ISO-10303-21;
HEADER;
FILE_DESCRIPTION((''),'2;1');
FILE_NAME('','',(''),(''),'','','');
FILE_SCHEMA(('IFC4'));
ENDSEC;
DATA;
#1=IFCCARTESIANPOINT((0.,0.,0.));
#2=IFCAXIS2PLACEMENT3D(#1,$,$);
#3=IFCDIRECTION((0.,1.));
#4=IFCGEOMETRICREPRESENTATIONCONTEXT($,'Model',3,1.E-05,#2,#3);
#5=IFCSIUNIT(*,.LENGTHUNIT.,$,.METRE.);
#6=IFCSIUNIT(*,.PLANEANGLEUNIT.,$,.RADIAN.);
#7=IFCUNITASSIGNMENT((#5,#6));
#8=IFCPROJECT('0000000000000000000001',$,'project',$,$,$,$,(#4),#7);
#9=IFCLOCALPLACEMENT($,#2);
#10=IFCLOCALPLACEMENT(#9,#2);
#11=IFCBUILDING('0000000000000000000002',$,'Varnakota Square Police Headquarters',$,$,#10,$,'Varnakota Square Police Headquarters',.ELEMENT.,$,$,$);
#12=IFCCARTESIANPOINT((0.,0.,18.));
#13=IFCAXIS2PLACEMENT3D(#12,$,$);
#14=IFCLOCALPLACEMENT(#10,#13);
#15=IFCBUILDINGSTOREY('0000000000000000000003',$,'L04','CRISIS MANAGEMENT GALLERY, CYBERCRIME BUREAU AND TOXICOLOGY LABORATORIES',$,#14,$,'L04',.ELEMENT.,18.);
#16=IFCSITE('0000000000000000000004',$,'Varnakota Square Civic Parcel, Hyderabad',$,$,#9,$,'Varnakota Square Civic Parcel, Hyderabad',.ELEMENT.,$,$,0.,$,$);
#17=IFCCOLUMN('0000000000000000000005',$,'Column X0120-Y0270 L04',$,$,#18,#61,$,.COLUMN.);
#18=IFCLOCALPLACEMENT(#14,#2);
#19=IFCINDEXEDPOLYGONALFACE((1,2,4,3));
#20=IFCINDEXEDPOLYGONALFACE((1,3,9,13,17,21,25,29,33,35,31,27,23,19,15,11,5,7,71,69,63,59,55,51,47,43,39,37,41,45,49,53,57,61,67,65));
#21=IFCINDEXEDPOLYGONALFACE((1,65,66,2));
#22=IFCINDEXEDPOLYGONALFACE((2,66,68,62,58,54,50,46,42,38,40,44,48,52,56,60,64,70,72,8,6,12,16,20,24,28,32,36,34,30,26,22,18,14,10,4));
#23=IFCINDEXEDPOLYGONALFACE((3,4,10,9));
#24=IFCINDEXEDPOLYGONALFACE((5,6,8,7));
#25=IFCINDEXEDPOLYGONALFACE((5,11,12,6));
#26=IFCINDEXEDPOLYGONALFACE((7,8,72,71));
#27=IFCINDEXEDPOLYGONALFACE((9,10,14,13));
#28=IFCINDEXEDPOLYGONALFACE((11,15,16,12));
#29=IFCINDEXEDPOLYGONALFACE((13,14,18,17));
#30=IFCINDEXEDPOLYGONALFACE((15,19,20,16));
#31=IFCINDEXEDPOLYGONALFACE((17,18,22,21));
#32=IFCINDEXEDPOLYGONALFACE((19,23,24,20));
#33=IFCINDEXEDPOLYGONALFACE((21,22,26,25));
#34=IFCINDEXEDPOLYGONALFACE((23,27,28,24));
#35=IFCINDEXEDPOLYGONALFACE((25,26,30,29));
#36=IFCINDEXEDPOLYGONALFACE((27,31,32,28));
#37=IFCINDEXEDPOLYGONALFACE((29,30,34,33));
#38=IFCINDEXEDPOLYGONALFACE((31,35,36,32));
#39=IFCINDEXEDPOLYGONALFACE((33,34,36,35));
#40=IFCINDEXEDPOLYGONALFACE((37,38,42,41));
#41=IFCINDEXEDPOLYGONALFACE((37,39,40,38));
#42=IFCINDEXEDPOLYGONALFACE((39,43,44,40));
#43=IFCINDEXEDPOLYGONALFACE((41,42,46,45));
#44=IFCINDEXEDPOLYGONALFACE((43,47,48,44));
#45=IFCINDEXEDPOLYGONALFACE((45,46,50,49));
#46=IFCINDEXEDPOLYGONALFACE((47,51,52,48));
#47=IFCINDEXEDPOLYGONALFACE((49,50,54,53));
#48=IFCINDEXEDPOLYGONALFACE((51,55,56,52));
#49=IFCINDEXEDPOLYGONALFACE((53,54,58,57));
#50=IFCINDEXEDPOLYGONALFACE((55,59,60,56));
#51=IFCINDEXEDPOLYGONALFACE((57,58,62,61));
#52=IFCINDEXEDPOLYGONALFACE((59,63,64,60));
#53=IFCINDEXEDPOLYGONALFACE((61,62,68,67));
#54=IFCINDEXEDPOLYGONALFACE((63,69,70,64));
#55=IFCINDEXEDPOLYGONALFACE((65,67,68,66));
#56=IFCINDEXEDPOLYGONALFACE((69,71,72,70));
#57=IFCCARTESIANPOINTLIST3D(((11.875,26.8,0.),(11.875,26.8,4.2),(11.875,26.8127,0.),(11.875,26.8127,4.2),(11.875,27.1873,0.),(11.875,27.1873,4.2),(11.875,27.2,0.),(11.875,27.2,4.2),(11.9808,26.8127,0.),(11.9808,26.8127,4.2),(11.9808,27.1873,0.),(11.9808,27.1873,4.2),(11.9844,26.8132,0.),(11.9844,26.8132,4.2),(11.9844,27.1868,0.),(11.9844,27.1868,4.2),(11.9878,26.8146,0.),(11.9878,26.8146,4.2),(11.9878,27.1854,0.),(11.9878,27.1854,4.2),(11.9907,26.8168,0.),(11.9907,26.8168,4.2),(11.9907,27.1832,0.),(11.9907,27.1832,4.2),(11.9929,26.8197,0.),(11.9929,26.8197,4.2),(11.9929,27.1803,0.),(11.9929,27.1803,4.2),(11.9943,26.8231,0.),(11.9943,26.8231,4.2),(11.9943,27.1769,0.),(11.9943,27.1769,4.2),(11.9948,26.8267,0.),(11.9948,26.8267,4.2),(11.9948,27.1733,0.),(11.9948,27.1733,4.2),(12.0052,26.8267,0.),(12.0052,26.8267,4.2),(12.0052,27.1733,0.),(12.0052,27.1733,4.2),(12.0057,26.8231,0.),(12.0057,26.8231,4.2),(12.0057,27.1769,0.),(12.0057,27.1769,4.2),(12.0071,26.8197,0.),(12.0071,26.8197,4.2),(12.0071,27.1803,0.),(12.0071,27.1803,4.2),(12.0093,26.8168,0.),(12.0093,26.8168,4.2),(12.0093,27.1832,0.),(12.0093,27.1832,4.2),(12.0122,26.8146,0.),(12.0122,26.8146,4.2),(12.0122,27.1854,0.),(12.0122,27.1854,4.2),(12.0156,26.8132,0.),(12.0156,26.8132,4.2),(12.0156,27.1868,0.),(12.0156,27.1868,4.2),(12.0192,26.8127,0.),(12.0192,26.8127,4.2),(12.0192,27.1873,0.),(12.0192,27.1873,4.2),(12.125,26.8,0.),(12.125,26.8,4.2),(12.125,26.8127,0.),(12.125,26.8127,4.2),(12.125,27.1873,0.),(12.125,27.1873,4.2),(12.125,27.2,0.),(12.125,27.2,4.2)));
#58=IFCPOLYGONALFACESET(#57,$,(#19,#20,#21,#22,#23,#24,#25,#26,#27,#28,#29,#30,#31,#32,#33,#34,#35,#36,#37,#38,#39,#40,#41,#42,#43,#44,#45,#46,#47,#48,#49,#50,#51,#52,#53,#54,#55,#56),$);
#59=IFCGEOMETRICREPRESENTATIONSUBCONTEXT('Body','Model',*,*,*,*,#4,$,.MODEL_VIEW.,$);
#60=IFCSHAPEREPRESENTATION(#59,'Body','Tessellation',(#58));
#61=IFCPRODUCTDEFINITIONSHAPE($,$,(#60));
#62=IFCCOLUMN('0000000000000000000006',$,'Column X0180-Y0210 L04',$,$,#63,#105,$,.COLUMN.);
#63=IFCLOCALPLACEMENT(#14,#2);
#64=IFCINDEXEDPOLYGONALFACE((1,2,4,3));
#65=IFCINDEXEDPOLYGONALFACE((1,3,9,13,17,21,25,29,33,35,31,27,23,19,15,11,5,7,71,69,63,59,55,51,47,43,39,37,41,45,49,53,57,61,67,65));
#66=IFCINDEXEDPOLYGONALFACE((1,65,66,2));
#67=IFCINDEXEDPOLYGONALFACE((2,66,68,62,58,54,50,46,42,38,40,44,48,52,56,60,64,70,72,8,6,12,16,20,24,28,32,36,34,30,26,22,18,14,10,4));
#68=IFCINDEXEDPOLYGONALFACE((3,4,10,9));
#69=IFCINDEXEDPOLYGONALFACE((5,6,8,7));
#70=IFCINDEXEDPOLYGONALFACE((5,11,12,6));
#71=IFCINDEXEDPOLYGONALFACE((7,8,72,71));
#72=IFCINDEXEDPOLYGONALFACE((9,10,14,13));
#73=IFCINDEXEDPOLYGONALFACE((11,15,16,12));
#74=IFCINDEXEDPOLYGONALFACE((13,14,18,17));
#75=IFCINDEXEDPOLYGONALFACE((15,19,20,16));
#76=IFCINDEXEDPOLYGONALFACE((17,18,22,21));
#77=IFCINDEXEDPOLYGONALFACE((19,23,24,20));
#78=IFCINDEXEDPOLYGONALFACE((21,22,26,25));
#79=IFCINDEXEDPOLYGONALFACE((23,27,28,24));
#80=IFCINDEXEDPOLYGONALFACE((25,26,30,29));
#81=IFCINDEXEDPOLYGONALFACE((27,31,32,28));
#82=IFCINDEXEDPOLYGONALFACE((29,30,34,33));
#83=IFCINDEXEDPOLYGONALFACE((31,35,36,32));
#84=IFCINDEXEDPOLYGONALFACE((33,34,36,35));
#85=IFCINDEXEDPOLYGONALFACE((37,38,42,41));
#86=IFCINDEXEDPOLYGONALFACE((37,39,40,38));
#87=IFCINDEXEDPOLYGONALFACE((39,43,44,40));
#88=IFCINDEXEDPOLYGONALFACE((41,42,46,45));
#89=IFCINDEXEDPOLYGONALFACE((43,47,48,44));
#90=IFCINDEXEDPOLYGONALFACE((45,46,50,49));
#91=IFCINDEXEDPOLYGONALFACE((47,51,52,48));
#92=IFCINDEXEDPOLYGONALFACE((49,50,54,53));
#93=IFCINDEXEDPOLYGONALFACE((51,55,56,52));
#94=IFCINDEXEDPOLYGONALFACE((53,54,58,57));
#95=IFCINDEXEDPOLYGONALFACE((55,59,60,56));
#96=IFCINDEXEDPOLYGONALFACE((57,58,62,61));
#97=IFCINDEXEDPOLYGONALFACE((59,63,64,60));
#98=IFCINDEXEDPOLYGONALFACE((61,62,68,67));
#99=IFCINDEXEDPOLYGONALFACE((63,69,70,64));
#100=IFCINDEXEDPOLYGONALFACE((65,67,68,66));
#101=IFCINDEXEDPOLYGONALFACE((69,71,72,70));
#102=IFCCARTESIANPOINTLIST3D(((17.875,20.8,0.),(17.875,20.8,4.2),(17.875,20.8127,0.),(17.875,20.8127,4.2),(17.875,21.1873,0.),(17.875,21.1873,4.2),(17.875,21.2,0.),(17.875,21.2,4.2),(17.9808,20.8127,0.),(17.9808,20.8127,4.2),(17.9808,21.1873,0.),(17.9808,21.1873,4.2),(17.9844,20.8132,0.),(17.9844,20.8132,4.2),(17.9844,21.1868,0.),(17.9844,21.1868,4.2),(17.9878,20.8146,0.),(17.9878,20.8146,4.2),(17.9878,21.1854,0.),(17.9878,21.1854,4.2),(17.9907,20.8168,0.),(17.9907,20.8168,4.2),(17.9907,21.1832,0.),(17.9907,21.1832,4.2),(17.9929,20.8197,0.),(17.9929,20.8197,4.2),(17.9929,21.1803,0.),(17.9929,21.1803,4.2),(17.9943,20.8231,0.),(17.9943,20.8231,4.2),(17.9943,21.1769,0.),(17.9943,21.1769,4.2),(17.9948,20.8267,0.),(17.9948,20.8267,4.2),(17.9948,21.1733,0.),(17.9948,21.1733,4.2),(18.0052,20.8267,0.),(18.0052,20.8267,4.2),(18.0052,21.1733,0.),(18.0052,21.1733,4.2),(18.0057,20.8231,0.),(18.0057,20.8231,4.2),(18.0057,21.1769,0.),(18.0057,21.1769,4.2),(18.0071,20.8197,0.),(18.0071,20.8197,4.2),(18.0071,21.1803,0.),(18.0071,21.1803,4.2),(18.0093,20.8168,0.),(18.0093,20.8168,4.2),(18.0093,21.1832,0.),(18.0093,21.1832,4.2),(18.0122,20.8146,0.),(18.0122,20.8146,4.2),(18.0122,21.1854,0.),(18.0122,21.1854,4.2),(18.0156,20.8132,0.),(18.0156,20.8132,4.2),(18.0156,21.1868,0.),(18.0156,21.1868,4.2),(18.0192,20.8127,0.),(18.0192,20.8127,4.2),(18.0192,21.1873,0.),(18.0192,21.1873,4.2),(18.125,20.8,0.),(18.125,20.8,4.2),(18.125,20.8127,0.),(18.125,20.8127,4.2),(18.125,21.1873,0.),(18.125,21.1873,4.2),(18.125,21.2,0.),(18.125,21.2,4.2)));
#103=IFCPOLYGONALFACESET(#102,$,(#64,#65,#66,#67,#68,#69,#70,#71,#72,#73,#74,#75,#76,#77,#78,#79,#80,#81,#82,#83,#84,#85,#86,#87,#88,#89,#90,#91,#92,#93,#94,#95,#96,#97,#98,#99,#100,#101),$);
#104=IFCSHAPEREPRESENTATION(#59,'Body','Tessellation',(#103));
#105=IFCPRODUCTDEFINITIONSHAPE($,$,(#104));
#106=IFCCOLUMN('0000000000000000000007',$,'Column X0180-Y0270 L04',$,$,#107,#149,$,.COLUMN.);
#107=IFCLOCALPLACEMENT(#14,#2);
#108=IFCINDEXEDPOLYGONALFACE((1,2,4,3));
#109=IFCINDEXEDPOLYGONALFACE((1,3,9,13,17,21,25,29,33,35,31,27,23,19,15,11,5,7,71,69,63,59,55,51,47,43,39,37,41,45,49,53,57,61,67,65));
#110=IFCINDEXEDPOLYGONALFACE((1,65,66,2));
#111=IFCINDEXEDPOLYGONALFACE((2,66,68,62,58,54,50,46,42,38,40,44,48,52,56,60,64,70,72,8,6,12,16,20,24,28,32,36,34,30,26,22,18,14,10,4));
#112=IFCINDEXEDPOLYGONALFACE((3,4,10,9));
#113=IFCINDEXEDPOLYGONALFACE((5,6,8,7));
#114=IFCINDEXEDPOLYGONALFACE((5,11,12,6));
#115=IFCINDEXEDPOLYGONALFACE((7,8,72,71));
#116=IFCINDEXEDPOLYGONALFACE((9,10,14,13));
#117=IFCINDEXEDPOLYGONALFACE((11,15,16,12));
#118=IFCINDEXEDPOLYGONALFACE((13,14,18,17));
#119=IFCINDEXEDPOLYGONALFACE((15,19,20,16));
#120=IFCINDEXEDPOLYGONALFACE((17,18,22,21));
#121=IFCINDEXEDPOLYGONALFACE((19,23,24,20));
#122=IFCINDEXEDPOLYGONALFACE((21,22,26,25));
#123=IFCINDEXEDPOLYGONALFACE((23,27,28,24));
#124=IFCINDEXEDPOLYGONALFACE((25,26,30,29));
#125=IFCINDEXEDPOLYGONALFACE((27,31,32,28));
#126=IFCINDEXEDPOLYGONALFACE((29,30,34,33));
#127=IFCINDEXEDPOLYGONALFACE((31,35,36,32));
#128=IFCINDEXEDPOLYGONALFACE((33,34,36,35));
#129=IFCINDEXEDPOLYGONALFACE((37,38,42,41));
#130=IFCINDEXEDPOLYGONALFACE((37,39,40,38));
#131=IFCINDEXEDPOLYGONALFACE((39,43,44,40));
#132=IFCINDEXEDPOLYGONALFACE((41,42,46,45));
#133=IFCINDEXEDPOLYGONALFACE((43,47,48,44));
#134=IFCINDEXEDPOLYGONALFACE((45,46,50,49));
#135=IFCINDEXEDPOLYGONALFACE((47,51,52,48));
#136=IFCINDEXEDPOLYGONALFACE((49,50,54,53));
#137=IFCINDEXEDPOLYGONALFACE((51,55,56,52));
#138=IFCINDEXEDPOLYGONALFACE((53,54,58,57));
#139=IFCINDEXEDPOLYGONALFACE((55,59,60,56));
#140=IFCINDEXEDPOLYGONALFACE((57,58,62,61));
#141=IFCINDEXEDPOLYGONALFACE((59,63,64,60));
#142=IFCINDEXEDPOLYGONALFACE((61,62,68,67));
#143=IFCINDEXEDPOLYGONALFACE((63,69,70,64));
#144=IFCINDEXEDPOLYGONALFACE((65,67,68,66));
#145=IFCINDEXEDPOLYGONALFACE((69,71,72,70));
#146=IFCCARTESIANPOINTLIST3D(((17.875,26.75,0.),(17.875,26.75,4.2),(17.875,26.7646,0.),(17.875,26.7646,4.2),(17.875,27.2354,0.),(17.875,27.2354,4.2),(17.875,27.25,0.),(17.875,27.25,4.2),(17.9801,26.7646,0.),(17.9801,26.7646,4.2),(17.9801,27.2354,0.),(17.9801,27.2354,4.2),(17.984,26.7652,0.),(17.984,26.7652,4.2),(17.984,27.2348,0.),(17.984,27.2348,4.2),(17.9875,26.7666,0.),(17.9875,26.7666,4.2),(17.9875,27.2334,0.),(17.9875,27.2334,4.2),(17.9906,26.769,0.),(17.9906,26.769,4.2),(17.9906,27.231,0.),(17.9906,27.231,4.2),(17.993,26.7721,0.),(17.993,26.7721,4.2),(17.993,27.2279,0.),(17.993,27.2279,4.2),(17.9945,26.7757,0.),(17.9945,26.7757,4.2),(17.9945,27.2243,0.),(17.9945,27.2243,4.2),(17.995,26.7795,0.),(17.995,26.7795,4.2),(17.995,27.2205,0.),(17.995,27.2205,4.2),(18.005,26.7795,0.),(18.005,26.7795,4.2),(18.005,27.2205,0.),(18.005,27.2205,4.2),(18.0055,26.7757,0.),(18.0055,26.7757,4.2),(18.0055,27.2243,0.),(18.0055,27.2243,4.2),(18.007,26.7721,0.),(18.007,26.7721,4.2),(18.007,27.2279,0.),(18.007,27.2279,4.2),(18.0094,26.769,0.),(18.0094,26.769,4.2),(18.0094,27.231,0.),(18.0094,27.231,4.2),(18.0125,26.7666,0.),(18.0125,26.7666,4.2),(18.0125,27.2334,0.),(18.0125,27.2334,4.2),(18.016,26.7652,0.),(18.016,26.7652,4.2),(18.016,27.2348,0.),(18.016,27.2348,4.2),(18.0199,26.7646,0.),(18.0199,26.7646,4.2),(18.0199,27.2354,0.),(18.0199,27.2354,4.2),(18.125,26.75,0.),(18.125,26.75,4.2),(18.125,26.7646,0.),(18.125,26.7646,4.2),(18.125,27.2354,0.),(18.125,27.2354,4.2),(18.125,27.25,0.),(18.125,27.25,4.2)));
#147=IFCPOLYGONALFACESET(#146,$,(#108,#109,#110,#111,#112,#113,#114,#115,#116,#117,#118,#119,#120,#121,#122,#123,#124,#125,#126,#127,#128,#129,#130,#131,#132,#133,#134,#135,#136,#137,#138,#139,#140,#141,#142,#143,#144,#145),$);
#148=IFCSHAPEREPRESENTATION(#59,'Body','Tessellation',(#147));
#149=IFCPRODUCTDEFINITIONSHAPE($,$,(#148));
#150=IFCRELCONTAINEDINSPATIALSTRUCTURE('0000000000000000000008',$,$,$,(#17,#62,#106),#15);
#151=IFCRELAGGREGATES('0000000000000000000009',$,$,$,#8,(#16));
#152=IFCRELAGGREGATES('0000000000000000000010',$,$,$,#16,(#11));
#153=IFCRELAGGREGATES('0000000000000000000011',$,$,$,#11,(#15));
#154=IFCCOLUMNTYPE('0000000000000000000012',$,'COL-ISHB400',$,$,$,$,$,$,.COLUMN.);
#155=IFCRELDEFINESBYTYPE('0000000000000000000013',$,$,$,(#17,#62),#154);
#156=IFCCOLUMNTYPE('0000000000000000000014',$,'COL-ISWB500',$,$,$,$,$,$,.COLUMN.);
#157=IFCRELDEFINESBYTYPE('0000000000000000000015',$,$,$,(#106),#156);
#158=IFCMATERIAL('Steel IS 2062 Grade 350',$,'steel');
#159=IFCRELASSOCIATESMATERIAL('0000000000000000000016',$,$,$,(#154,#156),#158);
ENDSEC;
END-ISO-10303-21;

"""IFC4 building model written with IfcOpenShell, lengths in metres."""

from ifc_helpers import new_model, si_unit, direction, frame, origin, origin_2d, place, context, subcontext, project, spatial, i_section, extrude, material, material_profile, profile_set, type_object, element, save


model = new_model("IFC4")

# Units and contexts
model_context = context("Model", 3, precision=1e-05, world=origin(), true_north=direction((0.0, 1.0)))
body_context = subcontext(model_context, "Body", "Model", "MODEL_VIEW")
ifc_project = project(units=[si_unit("LENGTHUNIT", "METRE"), si_unit("PLANEANGLEUNIT", "RADIAN")], contexts=[model_context])

# Site, building, storey
site_placement = place(None, origin())
site = spatial("IfcSite", under=ifc_project, at=site_placement, Name="Varnakota Square Civic Parcel, Hyderabad", LongName="Varnakota Square Civic Parcel, Hyderabad", CompositionType="ELEMENT", RefElevation=0.0)
building_placement = place(site_placement, origin())
building = spatial("IfcBuilding", under=site, at=building_placement, Name="Varnakota Square Police Headquarters", LongName="Varnakota Square Police Headquarters", CompositionType="ELEMENT")
storey_placement = place(building_placement, frame((0.0, 0.0, 18.0)))
storey = spatial("IfcBuildingStorey", under=building, at=storey_placement, Name="L04", Description="CRISIS MANAGEMENT GALLERY, CYBERCRIME BUREAU AND TOXICOLOGY LABORATORIES", LongName="L04", CompositionType="ELEMENT", Elevation=18.0)

# Columns
ifc_material_1 = material(Name="Steel IS 2062 Grade 350", Category="steel")
ifc_material_profile_1 = material_profile(ifc_material_1, i_section(OverallWidth=0.25, OverallDepth=0.3999, WebThickness=0.0105, FlangeThickness=0.0127, FilletRadius=0.0139, at=origin_2d()), Name="ISHB 400")
ifc_profile_set_1 = profile_set([ifc_material_profile_1], Name="Steel IS 2062 Grade 350")
column_type_1 = type_object("IfcColumnType", Name="COL-ISHB400", PredefinedType="COLUMN", material=ifc_profile_set_1)
for number, where, z_axis, x_axis, name in (
    (1, (12.0, 27.0, 0.0), (0.0, 0.0, 1.0), (1.0, 0.0, 0.0), "Column X0120-Y0270 L04"),
    (2, (18.0, 21.0, 0.0), (0.0, 0.0, 1.0), (1.0, 0.0, 0.0), "Column X0180-Y0210 L04"),
):
    element("IfcColumn", number, at=place(storey_placement, frame(where, z_axis=z_axis, x_axis=x_axis)), inside=storey, type_object=column_type_1, Name=name, PredefinedType="COLUMN", context=body_context, shape_type="SweptSolid", body=[
        extrude(i_section(OverallWidth=0.25, OverallDepth=0.3999, WebThickness=0.0105, FlangeThickness=0.0127, FilletRadius=0.0139, at=origin_2d()), origin(), (0.0, 0.0, 1.0), 4.2),
    ])
ifc_material_profile_2 = material_profile(ifc_material_1, i_section(OverallWidth=0.25, OverallDepth=0.5, WebThickness=0.01, FlangeThickness=0.0146, FilletRadius=0.0149, at=origin_2d()), Name="ISWB 500")
ifc_profile_set_2 = profile_set([ifc_material_profile_2], Name="Steel IS 2062 Grade 350")
column_type_2 = type_object("IfcColumnType", Name="COL-ISWB500", PredefinedType="COLUMN", material=ifc_profile_set_2)
column_1_placement = place(storey_placement, frame((18.0, 27.0, 0.0), z_axis=(0.0, 0.0, 1.0), x_axis=(1.0, 0.0, 0.0)))
element("IfcColumn", 3, at=column_1_placement, inside=storey, type_object=column_type_2, Name="Column X0180-Y0270 L04", PredefinedType="COLUMN", context=body_context, shape_type="SweptSolid", body=[
    extrude(i_section(OverallWidth=0.25, OverallDepth=0.5, WebThickness=0.01, FlangeThickness=0.0146, FilletRadius=0.0149, at=origin_2d()), origin(), (0.0, 0.0, 1.0), 4.2),
])

save(model, "model.ifc")
